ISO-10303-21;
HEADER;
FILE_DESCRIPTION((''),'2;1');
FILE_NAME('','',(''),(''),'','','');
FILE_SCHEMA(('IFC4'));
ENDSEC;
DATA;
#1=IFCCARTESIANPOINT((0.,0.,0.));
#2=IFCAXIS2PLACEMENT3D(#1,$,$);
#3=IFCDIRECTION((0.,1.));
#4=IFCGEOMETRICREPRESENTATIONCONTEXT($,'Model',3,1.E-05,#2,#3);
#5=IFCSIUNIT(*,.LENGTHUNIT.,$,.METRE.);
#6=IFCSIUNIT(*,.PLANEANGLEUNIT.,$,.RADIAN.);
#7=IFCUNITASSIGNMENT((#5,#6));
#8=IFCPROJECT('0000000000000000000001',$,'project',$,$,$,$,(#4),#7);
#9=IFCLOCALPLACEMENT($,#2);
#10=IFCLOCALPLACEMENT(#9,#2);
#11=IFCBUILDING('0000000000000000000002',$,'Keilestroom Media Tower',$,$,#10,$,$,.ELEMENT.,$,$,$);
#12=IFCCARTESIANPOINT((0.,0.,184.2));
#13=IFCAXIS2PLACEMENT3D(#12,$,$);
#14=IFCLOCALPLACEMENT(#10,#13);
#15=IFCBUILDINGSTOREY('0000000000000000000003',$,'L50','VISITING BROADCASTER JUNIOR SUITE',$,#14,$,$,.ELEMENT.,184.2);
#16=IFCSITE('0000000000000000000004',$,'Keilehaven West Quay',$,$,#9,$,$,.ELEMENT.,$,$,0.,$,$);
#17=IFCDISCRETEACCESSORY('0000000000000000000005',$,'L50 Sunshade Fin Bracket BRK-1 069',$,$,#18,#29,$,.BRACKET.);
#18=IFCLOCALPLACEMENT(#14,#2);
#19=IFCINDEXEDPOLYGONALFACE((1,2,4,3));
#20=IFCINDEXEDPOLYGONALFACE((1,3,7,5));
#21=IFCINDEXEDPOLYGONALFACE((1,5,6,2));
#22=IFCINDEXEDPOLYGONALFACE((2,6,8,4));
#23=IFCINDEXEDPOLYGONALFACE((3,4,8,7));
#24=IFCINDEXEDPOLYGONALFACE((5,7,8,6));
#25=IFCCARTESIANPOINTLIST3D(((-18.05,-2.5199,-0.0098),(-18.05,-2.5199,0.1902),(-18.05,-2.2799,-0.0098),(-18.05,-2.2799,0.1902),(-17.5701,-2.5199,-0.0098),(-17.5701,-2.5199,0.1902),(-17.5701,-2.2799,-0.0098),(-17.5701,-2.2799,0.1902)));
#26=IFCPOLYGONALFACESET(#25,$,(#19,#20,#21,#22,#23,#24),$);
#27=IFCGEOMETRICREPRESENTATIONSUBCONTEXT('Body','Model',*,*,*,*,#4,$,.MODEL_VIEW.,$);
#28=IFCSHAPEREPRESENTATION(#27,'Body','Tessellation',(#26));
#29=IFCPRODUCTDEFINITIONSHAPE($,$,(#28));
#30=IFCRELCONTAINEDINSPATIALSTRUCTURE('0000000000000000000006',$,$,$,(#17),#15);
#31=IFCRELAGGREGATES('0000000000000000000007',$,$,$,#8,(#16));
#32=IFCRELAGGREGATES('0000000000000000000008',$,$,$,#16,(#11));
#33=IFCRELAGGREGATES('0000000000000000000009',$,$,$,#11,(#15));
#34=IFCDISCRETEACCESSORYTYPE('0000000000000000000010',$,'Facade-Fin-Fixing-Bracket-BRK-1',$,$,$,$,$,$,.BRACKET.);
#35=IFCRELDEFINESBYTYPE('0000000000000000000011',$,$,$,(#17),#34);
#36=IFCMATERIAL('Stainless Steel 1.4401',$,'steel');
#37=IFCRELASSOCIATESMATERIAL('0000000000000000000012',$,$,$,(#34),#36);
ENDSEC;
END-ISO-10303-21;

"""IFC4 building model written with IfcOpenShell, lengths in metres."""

from ifc_helpers import new_model, si_unit, direction, frame, origin, origin_2d, place, context, subcontext, project, spatial, rectangle, extrude, source, transform, mapped, material, type_object, element, save


model = new_model("IFC4")

# Units and contexts
model_context = context("Model", 3, precision=1e-05, world=origin(), true_north=direction((0.0, 1.0)))
body_context = subcontext(model_context, "Body", "Model", "MODEL_VIEW")
ifc_project = project(units=[si_unit("LENGTHUNIT", "METRE"), si_unit("PLANEANGLEUNIT", "RADIAN")], contexts=[model_context])

# Site, building, storey
site_placement = place(None, origin())
site = spatial("IfcSite", under=ifc_project, at=site_placement, Name="Keilehaven West Quay", CompositionType="ELEMENT", RefElevation=0.0)
building_placement = place(site_placement, origin())
building = spatial("IfcBuilding", under=site, at=building_placement, Name="Keilestroom Media Tower", CompositionType="ELEMENT")
storey_placement = place(building_placement, frame((0.0, 0.0, 184.2)))
storey = spatial("IfcBuildingStorey", under=building, at=storey_placement, Name="L50", Description="VISITING BROADCASTER JUNIOR SUITE", CompositionType="ELEMENT", Elevation=184.2)

# Discrete accessory
ifc_material_1 = material(Name="Stainless Steel 1.4401", Category="steel")
discrete_accessory_type = type_object("IfcDiscreteAccessoryType", Name="Facade-Fin-Fixing-Bracket-BRK-1", PredefinedType="BRACKET", material=ifc_material_1)
shared_shape_1 = source(origin(), body_context, "Body", "SweptSolid", [
    extrude(rectangle(XDim=0.48, YDim=0.24, at=origin_2d()), origin(), (0.0, 0.0, 1.0), 0.2),
])
discrete_accessory_placement = place(storey_placement, frame((-17.8101, -2.3999, -0.0098), z_axis=(0.0, 0.0, 1.0), x_axis=(1.0, 0.0, 0.0)))
element("IfcDiscreteAccessory", 1, at=discrete_accessory_placement, inside=storey, type_object=discrete_accessory_type, Name="L50 Sunshade Fin Bracket BRK-1 069", PredefinedType="BRACKET", context=body_context, shape_type="MappedRepresentation", body=[
    mapped(shared_shape_1, transform((0.0, 0.0, 0.0), x_axis=(1.0, 0.0, 0.0), y_axis=(0.0, 1.0, 0.0), z_axis=(0.0, 0.0, 1.0), scale=1.0)),
])

save(model, "model.ifc")
